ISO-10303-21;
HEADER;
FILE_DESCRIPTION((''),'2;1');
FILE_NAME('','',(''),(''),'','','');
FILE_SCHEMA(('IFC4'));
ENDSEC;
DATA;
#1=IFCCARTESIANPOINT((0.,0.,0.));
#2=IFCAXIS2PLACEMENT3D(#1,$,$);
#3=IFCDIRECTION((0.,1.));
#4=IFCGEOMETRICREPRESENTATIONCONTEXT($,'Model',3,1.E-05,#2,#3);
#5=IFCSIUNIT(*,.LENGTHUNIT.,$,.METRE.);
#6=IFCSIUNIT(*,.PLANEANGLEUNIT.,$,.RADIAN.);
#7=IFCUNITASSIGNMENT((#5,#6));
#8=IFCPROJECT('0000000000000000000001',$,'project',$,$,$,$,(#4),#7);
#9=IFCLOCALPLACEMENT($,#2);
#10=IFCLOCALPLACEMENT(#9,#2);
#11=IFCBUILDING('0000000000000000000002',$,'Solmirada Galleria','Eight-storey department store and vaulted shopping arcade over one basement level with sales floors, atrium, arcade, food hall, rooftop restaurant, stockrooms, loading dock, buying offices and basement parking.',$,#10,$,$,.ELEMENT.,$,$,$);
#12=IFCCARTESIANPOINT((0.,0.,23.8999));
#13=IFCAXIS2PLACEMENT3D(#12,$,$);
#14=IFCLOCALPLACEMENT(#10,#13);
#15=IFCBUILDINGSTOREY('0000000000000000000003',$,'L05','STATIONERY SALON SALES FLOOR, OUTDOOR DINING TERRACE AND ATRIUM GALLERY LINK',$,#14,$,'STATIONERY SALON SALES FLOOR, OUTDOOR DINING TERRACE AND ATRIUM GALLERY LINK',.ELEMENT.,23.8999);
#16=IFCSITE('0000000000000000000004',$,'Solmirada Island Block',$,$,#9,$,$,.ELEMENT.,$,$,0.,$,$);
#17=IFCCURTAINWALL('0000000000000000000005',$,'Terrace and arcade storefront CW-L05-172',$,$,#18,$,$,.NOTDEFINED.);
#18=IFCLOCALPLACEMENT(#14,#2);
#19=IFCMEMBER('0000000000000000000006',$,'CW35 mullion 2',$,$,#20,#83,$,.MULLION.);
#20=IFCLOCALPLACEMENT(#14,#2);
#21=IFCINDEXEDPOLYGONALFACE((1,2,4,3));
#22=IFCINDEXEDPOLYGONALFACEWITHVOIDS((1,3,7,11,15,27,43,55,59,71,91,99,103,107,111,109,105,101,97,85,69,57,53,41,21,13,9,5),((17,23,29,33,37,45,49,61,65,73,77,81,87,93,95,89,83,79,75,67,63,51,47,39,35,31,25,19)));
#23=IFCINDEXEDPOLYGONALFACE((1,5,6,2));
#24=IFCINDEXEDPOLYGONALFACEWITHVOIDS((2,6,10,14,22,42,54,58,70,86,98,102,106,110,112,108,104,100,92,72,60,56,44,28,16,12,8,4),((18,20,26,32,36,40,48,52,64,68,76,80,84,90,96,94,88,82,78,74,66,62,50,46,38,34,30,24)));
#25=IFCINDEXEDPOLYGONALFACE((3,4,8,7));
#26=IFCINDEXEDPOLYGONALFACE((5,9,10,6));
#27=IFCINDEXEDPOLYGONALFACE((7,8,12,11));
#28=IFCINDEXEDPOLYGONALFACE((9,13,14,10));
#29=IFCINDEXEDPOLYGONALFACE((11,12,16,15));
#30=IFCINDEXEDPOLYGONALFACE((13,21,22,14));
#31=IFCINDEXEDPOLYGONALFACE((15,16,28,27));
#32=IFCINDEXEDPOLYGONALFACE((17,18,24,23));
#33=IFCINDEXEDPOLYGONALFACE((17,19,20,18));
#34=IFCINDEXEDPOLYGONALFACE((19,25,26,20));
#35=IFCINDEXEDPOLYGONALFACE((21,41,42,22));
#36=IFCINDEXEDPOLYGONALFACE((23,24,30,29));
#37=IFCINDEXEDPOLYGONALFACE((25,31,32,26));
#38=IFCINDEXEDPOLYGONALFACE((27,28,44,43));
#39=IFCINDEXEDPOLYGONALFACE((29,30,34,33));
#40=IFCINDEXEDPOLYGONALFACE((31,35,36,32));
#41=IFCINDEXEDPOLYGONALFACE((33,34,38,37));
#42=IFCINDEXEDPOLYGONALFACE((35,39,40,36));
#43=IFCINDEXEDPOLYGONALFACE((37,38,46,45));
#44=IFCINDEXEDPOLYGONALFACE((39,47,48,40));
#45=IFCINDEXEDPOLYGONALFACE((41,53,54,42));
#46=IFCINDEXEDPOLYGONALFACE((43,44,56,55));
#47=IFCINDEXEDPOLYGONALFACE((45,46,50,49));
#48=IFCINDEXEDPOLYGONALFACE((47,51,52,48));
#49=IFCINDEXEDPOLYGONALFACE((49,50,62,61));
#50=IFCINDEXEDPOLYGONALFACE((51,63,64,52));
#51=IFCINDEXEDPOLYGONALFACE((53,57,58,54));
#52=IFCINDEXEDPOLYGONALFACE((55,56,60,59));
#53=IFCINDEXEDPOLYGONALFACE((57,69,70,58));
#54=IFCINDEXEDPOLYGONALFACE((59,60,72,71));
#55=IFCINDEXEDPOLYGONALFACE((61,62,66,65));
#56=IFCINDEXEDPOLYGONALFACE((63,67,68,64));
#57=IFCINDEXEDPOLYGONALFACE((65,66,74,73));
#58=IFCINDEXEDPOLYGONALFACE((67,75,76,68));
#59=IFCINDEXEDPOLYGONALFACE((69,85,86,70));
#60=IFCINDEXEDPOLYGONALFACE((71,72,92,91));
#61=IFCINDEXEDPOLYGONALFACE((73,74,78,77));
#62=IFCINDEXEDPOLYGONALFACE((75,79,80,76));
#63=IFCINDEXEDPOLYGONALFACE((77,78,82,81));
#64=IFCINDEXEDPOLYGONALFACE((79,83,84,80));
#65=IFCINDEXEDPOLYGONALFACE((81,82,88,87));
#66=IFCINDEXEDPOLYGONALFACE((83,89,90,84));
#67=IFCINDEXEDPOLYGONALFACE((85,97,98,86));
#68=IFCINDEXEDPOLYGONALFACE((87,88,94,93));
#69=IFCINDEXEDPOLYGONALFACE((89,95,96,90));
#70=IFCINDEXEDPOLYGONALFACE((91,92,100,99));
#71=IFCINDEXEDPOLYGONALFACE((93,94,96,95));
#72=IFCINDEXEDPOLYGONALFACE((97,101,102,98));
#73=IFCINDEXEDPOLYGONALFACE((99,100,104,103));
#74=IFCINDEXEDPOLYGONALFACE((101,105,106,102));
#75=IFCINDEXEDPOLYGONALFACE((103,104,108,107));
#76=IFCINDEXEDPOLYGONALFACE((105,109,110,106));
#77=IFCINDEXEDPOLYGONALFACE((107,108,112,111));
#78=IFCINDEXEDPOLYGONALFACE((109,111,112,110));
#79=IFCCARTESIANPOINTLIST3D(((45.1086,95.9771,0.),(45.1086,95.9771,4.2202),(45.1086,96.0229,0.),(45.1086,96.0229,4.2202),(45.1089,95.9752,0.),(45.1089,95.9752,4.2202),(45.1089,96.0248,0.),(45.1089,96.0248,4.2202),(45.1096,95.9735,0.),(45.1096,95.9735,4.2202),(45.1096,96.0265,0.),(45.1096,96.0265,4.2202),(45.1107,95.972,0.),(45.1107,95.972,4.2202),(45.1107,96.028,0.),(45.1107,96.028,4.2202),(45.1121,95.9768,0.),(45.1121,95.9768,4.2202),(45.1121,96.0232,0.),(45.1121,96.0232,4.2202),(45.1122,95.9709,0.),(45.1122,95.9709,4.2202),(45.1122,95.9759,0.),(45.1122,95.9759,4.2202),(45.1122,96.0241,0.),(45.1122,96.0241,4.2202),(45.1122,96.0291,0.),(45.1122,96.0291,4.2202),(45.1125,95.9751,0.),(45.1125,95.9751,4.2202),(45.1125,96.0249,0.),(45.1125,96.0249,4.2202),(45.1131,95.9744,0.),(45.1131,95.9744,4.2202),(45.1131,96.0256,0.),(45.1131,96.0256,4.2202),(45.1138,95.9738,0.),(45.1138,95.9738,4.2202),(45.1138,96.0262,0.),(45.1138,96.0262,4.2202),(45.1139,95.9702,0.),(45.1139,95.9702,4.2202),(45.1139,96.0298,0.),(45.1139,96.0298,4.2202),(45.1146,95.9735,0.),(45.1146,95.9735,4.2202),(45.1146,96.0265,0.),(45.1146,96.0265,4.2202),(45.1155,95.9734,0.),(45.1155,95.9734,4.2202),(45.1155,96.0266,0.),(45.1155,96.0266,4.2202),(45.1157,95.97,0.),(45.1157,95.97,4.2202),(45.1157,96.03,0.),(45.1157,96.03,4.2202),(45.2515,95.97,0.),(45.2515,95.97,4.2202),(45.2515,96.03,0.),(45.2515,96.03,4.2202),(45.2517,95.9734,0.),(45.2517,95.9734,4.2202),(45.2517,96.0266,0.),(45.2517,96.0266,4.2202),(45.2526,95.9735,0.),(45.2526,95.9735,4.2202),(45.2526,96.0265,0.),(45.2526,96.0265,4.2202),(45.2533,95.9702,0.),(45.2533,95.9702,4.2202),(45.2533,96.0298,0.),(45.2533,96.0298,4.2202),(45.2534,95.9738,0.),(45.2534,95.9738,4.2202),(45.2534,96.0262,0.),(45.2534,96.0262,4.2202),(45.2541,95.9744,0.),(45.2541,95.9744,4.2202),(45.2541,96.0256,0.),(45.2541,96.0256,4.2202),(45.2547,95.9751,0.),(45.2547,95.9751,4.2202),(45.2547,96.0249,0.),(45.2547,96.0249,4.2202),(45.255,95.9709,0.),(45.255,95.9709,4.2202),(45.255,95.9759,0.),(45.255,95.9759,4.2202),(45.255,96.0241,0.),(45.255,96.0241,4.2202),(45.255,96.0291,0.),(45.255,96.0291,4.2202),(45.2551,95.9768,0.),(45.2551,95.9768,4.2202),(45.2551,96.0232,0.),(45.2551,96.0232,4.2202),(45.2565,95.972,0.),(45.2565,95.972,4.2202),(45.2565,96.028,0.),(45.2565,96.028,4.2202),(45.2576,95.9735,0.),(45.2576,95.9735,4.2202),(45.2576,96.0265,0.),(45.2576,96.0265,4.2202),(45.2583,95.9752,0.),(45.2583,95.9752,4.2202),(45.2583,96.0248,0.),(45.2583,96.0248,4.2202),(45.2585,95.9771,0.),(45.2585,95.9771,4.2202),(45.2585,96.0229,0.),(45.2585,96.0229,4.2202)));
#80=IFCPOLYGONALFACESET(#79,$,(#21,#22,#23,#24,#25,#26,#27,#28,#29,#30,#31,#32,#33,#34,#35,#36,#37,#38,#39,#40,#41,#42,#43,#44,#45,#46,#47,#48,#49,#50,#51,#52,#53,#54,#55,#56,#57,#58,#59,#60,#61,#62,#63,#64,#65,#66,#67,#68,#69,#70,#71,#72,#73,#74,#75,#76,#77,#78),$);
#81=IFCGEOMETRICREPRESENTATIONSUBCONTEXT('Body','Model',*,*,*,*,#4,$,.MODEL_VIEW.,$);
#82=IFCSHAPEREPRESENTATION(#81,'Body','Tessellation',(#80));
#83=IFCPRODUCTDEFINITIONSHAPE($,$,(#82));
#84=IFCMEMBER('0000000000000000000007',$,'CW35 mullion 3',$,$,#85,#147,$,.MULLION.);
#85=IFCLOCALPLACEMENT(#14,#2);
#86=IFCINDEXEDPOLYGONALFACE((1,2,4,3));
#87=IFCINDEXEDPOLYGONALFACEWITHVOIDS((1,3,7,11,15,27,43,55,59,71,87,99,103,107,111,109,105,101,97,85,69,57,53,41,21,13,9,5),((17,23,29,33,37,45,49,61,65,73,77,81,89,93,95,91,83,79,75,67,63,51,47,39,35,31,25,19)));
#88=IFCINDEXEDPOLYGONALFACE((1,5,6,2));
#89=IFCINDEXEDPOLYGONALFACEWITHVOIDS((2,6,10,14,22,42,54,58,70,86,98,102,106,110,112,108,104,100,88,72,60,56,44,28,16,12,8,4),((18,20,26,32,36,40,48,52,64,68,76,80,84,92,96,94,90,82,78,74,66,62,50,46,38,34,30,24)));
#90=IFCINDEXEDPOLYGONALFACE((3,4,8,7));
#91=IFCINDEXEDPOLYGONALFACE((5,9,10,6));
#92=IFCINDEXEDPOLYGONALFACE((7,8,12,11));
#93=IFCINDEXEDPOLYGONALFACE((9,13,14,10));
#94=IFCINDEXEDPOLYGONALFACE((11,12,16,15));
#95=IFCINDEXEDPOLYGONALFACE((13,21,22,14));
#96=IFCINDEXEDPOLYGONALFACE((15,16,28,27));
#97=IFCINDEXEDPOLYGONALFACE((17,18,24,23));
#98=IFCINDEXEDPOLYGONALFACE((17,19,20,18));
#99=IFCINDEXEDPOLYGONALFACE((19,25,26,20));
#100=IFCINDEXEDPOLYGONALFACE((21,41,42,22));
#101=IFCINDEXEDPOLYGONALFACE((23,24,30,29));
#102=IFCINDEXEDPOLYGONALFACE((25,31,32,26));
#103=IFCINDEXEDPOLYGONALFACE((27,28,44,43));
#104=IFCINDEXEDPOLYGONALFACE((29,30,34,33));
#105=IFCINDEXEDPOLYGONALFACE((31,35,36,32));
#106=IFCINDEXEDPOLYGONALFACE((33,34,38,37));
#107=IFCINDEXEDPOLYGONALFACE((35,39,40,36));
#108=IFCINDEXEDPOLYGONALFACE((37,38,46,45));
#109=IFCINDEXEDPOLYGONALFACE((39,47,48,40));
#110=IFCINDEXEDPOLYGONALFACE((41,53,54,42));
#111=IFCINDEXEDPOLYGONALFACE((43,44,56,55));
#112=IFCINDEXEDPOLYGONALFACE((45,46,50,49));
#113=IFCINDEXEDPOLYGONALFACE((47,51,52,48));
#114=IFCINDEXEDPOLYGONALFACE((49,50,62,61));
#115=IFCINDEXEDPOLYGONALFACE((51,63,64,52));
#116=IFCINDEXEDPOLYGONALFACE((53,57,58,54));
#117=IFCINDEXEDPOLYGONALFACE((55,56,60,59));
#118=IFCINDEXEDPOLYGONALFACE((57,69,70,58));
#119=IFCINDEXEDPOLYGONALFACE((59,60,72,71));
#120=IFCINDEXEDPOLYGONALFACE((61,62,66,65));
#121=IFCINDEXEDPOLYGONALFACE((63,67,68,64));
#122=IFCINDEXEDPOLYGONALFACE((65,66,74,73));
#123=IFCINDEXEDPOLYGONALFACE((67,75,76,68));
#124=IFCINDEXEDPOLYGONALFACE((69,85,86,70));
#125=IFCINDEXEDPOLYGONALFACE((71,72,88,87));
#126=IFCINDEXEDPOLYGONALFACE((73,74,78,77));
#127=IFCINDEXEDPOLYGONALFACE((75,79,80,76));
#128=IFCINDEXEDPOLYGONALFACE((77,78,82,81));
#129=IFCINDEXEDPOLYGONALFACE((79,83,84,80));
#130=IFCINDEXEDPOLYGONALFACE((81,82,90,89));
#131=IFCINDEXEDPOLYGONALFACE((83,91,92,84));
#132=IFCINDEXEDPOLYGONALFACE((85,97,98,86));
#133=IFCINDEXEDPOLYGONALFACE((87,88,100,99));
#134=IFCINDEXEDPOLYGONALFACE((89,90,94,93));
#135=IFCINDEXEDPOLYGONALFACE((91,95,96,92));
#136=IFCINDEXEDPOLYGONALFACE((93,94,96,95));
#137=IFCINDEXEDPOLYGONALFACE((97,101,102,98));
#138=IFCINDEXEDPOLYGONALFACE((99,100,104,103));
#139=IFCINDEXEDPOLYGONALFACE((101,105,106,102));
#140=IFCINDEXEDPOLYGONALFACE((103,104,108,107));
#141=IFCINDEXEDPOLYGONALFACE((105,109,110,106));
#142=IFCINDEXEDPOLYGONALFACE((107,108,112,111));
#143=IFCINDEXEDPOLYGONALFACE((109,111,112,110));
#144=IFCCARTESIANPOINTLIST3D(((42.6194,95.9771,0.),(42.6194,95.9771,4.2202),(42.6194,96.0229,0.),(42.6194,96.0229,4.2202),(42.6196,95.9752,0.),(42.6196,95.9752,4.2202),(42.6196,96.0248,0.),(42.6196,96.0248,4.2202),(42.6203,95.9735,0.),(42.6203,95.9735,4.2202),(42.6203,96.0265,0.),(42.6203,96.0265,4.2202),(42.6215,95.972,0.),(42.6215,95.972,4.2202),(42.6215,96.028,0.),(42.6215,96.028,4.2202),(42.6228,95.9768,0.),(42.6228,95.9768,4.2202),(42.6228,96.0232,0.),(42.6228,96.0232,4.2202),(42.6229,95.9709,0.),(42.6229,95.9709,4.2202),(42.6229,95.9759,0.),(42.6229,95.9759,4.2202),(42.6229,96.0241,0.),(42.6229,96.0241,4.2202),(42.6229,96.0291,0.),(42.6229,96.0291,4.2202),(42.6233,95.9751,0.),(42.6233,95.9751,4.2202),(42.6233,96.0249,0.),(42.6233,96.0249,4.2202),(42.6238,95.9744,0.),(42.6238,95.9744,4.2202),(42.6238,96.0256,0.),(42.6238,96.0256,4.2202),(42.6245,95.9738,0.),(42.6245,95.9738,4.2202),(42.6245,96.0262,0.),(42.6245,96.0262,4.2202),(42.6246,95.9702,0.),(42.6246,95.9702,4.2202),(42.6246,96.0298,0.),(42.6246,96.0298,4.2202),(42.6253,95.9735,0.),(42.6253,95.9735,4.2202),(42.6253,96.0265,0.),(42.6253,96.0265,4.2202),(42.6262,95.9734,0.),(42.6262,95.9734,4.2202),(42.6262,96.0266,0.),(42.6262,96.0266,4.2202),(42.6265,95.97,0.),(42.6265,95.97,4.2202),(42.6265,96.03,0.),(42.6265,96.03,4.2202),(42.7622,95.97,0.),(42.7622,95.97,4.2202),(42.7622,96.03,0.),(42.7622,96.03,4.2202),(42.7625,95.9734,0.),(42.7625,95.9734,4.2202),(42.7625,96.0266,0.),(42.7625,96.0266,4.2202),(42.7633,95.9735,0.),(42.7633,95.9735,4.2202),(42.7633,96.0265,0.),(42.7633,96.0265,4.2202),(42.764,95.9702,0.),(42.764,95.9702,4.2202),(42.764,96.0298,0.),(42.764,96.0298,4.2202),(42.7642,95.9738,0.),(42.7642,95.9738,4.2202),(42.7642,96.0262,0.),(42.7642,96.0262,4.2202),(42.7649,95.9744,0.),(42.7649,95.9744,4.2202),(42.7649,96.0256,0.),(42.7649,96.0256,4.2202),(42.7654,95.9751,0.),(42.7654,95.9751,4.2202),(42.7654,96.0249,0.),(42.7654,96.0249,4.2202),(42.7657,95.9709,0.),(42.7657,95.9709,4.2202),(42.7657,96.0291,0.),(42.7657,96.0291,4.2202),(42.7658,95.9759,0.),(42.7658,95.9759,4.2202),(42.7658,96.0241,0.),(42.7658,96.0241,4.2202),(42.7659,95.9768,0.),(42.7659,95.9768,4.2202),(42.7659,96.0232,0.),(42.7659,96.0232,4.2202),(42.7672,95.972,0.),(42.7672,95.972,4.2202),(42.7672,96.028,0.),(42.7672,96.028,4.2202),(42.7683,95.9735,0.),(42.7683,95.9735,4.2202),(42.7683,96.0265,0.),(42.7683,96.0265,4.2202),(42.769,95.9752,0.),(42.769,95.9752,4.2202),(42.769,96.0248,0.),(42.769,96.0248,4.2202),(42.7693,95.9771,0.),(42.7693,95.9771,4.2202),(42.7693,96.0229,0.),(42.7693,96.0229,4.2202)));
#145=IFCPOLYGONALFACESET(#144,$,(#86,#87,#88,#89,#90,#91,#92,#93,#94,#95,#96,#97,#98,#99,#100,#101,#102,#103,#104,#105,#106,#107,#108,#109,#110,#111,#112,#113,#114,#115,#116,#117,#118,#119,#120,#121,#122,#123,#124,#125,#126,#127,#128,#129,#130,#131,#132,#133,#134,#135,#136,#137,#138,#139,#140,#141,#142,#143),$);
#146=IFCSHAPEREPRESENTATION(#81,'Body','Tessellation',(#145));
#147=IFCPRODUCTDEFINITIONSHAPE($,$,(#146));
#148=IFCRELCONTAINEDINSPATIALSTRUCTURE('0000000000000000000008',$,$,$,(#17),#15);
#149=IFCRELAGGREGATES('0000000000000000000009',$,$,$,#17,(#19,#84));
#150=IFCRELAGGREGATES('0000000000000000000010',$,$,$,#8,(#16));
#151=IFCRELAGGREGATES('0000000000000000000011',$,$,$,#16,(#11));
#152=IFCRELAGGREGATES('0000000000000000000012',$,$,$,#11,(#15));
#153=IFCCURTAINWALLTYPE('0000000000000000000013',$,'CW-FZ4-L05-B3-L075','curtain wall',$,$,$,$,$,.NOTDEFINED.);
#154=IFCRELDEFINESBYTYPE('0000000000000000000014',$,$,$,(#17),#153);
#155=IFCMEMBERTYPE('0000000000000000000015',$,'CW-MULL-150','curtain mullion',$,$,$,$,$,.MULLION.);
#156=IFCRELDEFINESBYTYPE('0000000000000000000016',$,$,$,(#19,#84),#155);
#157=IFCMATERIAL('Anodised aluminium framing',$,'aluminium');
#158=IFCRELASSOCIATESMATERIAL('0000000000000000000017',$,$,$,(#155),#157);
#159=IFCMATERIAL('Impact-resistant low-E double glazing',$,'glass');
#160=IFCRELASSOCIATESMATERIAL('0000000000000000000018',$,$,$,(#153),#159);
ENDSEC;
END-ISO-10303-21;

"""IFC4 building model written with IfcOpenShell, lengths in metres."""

from ifc_helpers import new_model, si_unit, direction, frame, origin, origin_2d, place, context, subcontext, project, spatial, hollow_rectangle, extrude, material, material_profile, profile_set, type_object, element, aggregate, save


model = new_model("IFC4")

# Units and contexts
model_context = context("Model", 3, precision=1e-05, world=origin(), true_north=direction((0.0, 1.0)))
body_context = subcontext(model_context, "Body", "Model", "MODEL_VIEW")
ifc_project = project(units=[si_unit("LENGTHUNIT", "METRE"), si_unit("PLANEANGLEUNIT", "RADIAN")], contexts=[model_context])

# Site, building, storey
site_placement = place(None, origin())
site = spatial("IfcSite", under=ifc_project, at=site_placement, Name="Solmirada Island Block", CompositionType="ELEMENT", RefElevation=0.0)
building_placement = place(site_placement, origin())
building = spatial("IfcBuilding", under=site, at=building_placement, Name="Solmirada Galleria", Description="Eight-storey department store and vaulted shopping arcade over one basement level with sales floors, atrium, arcade, food hall, rooftop restaurant, stockrooms, loading dock, buying offices and basement parking.", CompositionType="ELEMENT")
storey_placement = place(building_placement, frame((0.0, 0.0, 23.8999)))
storey = spatial("IfcBuildingStorey", under=building, at=storey_placement, Name="L05", Description="STATIONERY SALON SALES FLOOR, OUTDOOR DINING TERRACE AND ATRIUM GALLERY LINK", LongName="STATIONERY SALON SALES FLOOR, OUTDOOR DINING TERRACE AND ATRIUM GALLERY LINK", CompositionType="ELEMENT", Elevation=23.8999)

# Shared definitions
ifc_material_1 = material(Name="Impact-resistant low-E double glazing", Category="glass")
ifc_material_2 = material(Name="Anodised aluminium framing", Category="aluminium")
ifc_material_profile_1 = material_profile(ifc_material_2, hollow_rectangle(XDim=0.0601, YDim=0.1499, WallThickness=0.0034, InnerFilletRadius=0.0034, OuterFilletRadius=0.0071, at=origin_2d()), Name="ALU-MULL-150X60")
ifc_profile_set_1 = profile_set([ifc_material_profile_1], Name="Anodised aluminium framing")
member_type_1 = type_object("IfcMemberType", Name="CW-MULL-150", Description="curtain mullion", PredefinedType="MULLION", material=ifc_profile_set_1)

# Curtain wall, members
curtain_wall_type_1 = type_object("IfcCurtainWallType", Name="CW-FZ4-L05-B3-L075", Description="curtain wall", PredefinedType="NOTDEFINED", material=ifc_material_1)
curtain_wall_1_placement = place(storey_placement, origin())
curtain_wall_1 = element("IfcCurtainWall", 1, at=curtain_wall_1_placement, inside=storey, type_object=curtain_wall_type_1, Name="Terrace and arcade storefront CW-L05-172", PredefinedType="NOTDEFINED")
member_1_placement = place(storey_placement, frame((45.1836, 96.0, 0.0), z_axis=(0.0, 0.0, 1.0), x_axis=(0.0, -1.0, 0.0)))
member_1 = element("IfcMember", 2, at=member_1_placement, type_object=member_type_1, Name="CW35 mullion 2", PredefinedType="MULLION", context=body_context, shape_type="SweptSolid", body=[
    extrude(hollow_rectangle(XDim=0.0601, YDim=0.1499, WallThickness=0.0034, InnerFilletRadius=0.0034, OuterFilletRadius=0.0071, at=origin_2d()), origin(), (0.0, 0.0, 1.0), 4.2202),
])
member_2_placement = place(storey_placement, frame((42.6943, 96.0, 0.0), z_axis=(0.0, 0.0, 1.0), x_axis=(0.0, -1.0, 0.0)))
member_2 = element("IfcMember", 3, at=member_2_placement, type_object=member_type_1, Name="CW35 mullion 3", PredefinedType="MULLION", context=body_context, shape_type="SweptSolid", body=[
    extrude(hollow_rectangle(XDim=0.0601, YDim=0.1499, WallThickness=0.0034, InnerFilletRadius=0.0034, OuterFilletRadius=0.0071, at=origin_2d()), origin(), (0.0, 0.0, 1.0), 4.2202),
])
aggregate(curtain_wall_1, [member_1, member_2])

save(model, "model.ifc")
